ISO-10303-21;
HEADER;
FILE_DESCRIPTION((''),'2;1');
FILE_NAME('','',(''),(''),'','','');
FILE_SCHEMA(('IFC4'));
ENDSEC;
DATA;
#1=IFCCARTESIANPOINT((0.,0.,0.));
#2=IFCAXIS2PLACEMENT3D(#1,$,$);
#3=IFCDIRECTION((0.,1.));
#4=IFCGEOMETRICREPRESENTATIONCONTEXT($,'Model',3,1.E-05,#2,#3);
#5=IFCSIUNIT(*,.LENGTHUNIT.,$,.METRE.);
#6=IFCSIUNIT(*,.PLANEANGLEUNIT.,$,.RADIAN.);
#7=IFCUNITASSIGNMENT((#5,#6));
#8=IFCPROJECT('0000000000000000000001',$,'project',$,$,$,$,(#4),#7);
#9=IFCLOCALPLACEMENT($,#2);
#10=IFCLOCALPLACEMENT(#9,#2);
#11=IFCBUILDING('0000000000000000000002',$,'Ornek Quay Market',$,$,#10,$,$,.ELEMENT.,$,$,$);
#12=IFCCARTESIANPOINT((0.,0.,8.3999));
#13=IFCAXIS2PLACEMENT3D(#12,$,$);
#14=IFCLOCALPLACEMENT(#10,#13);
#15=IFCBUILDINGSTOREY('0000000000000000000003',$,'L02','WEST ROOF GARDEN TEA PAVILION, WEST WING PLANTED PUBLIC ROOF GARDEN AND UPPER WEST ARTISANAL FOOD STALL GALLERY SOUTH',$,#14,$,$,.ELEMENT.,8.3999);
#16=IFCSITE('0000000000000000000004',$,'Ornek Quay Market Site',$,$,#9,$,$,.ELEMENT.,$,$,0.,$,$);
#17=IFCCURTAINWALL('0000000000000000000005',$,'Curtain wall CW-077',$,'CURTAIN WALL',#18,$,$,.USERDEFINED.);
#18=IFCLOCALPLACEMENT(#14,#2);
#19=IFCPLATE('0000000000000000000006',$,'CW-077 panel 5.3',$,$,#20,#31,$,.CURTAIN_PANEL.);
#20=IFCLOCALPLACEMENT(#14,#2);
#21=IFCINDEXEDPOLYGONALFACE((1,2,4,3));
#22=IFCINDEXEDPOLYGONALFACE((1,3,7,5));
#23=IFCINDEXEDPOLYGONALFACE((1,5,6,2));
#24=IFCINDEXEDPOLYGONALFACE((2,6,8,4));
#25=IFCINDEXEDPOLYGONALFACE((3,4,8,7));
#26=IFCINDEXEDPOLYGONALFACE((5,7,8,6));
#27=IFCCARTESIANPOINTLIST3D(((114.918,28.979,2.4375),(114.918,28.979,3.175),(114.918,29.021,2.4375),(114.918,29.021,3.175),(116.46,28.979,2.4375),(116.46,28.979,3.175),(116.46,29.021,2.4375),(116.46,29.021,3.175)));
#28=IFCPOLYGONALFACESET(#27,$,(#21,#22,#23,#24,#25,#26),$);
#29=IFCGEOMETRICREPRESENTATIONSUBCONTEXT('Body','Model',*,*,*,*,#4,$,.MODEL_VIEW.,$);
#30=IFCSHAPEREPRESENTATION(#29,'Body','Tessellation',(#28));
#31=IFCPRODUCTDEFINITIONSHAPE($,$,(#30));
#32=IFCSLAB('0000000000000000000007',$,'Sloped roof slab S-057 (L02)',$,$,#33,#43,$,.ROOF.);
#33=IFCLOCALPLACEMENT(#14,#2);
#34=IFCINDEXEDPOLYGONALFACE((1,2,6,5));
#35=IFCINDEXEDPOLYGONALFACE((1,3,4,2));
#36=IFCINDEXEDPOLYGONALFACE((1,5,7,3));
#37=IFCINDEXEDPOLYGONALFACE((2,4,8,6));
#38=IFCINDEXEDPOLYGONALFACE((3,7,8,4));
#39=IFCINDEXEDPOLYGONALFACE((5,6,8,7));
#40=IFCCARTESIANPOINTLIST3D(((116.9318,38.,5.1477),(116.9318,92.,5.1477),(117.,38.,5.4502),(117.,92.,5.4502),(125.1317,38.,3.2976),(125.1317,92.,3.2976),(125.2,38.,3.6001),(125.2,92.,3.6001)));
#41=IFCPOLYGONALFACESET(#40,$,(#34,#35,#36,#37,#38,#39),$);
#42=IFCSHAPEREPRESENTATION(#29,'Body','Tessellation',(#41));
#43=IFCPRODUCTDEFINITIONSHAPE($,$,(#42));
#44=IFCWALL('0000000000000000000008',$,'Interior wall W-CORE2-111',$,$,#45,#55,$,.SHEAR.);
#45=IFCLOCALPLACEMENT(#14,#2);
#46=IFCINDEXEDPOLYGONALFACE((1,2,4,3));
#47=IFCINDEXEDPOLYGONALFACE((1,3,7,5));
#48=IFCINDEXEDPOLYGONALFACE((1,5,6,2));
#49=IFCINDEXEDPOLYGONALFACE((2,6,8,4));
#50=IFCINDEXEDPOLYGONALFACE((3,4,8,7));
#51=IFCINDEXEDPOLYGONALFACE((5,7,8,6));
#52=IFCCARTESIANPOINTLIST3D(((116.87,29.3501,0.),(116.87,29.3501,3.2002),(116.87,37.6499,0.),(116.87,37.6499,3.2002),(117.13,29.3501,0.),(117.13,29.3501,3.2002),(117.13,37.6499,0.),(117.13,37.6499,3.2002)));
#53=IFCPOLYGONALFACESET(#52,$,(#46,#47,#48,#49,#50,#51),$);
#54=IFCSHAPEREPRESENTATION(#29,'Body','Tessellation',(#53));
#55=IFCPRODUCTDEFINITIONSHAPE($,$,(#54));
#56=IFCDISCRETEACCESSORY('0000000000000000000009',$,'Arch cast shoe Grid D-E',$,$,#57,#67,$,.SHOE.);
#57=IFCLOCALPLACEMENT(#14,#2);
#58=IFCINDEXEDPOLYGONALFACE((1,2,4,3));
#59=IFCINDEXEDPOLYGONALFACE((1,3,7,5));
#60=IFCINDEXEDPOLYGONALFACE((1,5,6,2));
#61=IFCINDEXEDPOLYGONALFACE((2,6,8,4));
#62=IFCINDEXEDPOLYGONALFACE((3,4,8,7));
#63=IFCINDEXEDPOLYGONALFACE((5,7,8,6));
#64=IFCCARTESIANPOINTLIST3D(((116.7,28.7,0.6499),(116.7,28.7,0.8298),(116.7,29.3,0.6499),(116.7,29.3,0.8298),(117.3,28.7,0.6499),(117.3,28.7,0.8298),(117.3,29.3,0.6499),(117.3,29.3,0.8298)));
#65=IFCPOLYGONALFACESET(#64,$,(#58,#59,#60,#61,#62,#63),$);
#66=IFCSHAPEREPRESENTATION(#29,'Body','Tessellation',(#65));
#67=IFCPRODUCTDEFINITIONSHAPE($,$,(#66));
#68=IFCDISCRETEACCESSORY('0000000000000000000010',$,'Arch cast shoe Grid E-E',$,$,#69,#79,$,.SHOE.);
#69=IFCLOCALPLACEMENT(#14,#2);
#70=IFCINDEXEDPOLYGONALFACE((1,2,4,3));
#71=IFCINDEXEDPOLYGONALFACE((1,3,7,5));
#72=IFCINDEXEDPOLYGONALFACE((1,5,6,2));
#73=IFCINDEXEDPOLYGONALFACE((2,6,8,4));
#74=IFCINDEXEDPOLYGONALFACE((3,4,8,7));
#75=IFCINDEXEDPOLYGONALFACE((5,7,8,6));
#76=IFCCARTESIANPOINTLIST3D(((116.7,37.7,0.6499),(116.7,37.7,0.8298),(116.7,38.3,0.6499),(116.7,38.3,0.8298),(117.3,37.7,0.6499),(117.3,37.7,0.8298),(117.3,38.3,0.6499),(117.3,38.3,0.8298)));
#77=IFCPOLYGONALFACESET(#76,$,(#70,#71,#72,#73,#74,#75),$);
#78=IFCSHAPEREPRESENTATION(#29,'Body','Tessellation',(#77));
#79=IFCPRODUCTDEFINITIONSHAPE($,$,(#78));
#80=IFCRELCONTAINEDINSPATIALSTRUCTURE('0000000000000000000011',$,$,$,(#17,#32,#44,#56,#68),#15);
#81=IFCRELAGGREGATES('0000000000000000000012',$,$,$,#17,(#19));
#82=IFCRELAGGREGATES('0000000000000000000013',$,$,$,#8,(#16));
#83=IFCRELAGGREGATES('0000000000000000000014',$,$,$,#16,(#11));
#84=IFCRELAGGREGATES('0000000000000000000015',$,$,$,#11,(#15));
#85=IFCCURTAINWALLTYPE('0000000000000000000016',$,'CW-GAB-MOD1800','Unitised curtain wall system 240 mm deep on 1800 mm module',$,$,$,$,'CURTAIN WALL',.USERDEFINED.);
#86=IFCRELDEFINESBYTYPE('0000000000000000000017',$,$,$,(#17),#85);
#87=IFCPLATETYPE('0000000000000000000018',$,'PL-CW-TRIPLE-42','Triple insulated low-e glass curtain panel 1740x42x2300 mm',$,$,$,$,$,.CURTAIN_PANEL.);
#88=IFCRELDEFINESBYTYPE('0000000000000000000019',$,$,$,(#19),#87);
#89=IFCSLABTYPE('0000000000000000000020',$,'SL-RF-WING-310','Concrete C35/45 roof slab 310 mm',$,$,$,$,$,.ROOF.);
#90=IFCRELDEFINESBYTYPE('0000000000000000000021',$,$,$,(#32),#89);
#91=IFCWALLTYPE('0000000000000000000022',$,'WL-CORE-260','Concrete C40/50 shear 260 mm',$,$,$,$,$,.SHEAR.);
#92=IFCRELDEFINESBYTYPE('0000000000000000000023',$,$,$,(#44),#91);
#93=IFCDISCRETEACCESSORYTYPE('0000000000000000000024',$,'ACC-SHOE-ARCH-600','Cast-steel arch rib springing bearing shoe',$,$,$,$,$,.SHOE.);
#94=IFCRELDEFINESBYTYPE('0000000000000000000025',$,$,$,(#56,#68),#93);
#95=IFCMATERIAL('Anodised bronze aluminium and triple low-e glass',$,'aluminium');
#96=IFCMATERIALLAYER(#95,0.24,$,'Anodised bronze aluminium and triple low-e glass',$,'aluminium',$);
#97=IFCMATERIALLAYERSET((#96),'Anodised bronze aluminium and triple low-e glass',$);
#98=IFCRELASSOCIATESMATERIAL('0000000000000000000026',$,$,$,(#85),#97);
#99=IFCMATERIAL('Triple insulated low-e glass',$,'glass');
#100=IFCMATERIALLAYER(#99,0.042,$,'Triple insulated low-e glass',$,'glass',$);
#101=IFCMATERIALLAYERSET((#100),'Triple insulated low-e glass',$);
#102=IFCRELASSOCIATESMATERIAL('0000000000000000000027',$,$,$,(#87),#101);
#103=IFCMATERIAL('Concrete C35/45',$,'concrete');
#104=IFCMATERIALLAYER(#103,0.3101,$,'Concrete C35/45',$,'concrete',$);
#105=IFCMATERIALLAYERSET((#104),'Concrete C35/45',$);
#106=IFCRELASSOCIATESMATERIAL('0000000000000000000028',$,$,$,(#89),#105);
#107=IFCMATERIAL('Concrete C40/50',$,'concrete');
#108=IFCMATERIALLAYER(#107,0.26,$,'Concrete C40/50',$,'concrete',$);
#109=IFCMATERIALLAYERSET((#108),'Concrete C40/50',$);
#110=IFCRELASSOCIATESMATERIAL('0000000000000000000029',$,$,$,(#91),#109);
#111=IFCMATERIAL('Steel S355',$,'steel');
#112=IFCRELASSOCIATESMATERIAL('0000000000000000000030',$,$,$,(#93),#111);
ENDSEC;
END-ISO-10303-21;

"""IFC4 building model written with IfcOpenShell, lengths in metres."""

from ifc_helpers import new_model, si_unit, direction, frame, frame_2d, origin, origin_2d, place, context, subcontext, project, spatial, polyline, rectangle, outline, extrude, material, layer, layer_set, type_object, element, aggregate, save


model = new_model("IFC4")

# Units and contexts
model_context = context("Model", 3, precision=1e-05, world=origin(), true_north=direction((0.0, 1.0)))
body_context = subcontext(model_context, "Body", "Model", "MODEL_VIEW")
ifc_project = project(units=[si_unit("LENGTHUNIT", "METRE"), si_unit("PLANEANGLEUNIT", "RADIAN")], contexts=[model_context])

# Site, building, storey
site_placement = place(None, origin())
site = spatial("IfcSite", under=ifc_project, at=site_placement, Name="Ornek Quay Market Site", CompositionType="ELEMENT", RefElevation=0.0)
building_placement = place(site_placement, origin())
building = spatial("IfcBuilding", under=site, at=building_placement, Name="Ornek Quay Market", CompositionType="ELEMENT")
storey_placement = place(building_placement, frame((0.0, 0.0, 8.3999)))
storey = spatial("IfcBuildingStorey", under=building, at=storey_placement, Name="L02", Description="WEST ROOF GARDEN TEA PAVILION, WEST WING PLANTED PUBLIC ROOF GARDEN AND UPPER WEST ARTISANAL FOOD STALL GALLERY SOUTH", CompositionType="ELEMENT", Elevation=8.3999)

# Curtain wall
ifc_material_1 = material(Name="Anodised bronze aluminium and triple low-e glass", Category="aluminium")
ifc_layer_1 = layer(ifc_material_1, 0.24, Name="Anodised bronze aluminium and triple low-e glass", Category="aluminium")
ifc_layer_set_1 = layer_set([ifc_layer_1], Name="Anodised bronze aluminium and triple low-e glass")
curtain_wall_type = type_object("IfcCurtainWallType", Name="CW-GAB-MOD1800", Description="Unitised curtain wall system 240 mm deep on 1800 mm module", ElementType="CURTAIN WALL", PredefinedType="USERDEFINED", material=ifc_layer_set_1)
curtain_wall_placement = place(storey_placement, origin())
curtain_wall = element("IfcCurtainWall", 1, at=curtain_wall_placement, inside=storey, type_object=curtain_wall_type, Name="Curtain wall CW-077", ObjectType="CURTAIN WALL", PredefinedType="USERDEFINED")

# Shared definitions
ifc_material_2 = material(Name="Steel S355", Category="steel")

# Plate
ifc_material_3 = material(Name="Triple insulated low-e glass", Category="glass")
ifc_layer_2 = layer(ifc_material_3, 0.042, Name="Triple insulated low-e glass", Category="glass")
ifc_layer_set_2 = layer_set([ifc_layer_2], Name="Triple insulated low-e glass")
plate_type_1 = type_object("IfcPlateType", Name="PL-CW-TRIPLE-42", Description="Triple insulated low-e glass curtain panel 1740x42x2300 mm", PredefinedType="CURTAIN_PANEL", material=ifc_layer_set_2)
plate_1_placement = place(storey_placement, frame((115.689, 29.0, 2.4375), z_axis=(0.0, 0.0, 1.0), x_axis=(1.0, 0.0, 0.0)))
plate_1 = element("IfcPlate", 2, at=plate_1_placement, type_object=plate_type_1, Name="CW-077 panel 5.3", PredefinedType="CURTAIN_PANEL", context=body_context, shape_type="SweptSolid", body=[
    extrude(rectangle(XDim=1.542, YDim=0.042, at=origin_2d()), origin(), (0.0, 0.0, 1.0), 0.7375),
])
aggregate(curtain_wall, [plate_1])

# Slab
ifc_material_4 = material(Name="Concrete C35/45", Category="concrete")
ifc_layer_3 = layer(ifc_material_4, 0.3101, Name="Concrete C35/45", Category="concrete")
ifc_layer_set_3 = layer_set([ifc_layer_3], Name="Concrete C35/45")
slab_type = type_object("IfcSlabType", Name="SL-RF-WING-310", Description="Concrete C35/45 roof slab 310 mm", PredefinedType="ROOF", material=ifc_layer_set_3)
slab_placement = place(storey_placement, frame((117.0, 38.0, 5.4502), z_axis=(0.220091, 0.0, 0.975479), x_axis=(0.975479, 0.0, -0.220091)))
element("IfcSlab", 3, at=slab_placement, inside=storey, type_object=slab_type, Name="Sloped roof slab S-057 (L02)", PredefinedType="ROOF", context=body_context, shape_type="SweptSolid", body=[
    extrude(outline(polyline([(0.0, 0.0), (8.4061, 0.0), (8.4061, 54.0), (0.0, 54.0), (0.0, 0.0)])), origin(), (0.0, 0.0, -1.0), 0.3101),
])

# Wall
ifc_material_5 = material(Name="Concrete C40/50", Category="concrete")
ifc_layer_4 = layer(ifc_material_5, 0.26, Name="Concrete C40/50", Category="concrete")
ifc_layer_set_4 = layer_set([ifc_layer_4], Name="Concrete C40/50")
wall_type = type_object("IfcWallType", Name="WL-CORE-260", Description="Concrete C40/50 shear 260 mm", PredefinedType="SHEAR", material=ifc_layer_set_4)
wall_placement = place(storey_placement, frame((117.0, 29.3501, 0.0), z_axis=(0.0, 0.0, 1.0), x_axis=(0.0, 1.0, 0.0)))
element("IfcWall", 4, at=wall_placement, inside=storey, type_object=wall_type, Name="Interior wall W-CORE2-111", PredefinedType="SHEAR", context=body_context, shape_type="SweptSolid", body=[
    extrude(rectangle(XDim=8.2998, YDim=0.26, at=frame_2d((4.1499, 0.0))), origin(), (0.0, 0.0, 1.0), 3.2002),
])

# Discrete accessories
discrete_accessory_type = type_object("IfcDiscreteAccessoryType", Name="ACC-SHOE-ARCH-600", Description="Cast-steel arch rib springing bearing shoe", PredefinedType="SHOE", material=ifc_material_2)
for number, where, z_axis, x_axis, name in (
    (5, (117.0, 29.0, 0.6499), (0.0, 0.0, 1.0), (1.0, 0.0, 0.0), "Arch cast shoe Grid D-E"),
    (6, (117.0, 38.0, 0.6499), (0.0, 0.0, 1.0), (1.0, 0.0, 0.0), "Arch cast shoe Grid E-E"),
):
    element("IfcDiscreteAccessory", number, at=place(storey_placement, frame(where, z_axis=z_axis, x_axis=x_axis)), inside=storey, type_object=discrete_accessory_type, Name=name, PredefinedType="SHOE", context=body_context, shape_type="SweptSolid", body=[
        extrude(rectangle(XDim=0.6001, YDim=0.6001, at=origin_2d()), origin(), (0.0, 0.0, 1.0), 0.1799),
    ])

save(model, "model.ifc")
